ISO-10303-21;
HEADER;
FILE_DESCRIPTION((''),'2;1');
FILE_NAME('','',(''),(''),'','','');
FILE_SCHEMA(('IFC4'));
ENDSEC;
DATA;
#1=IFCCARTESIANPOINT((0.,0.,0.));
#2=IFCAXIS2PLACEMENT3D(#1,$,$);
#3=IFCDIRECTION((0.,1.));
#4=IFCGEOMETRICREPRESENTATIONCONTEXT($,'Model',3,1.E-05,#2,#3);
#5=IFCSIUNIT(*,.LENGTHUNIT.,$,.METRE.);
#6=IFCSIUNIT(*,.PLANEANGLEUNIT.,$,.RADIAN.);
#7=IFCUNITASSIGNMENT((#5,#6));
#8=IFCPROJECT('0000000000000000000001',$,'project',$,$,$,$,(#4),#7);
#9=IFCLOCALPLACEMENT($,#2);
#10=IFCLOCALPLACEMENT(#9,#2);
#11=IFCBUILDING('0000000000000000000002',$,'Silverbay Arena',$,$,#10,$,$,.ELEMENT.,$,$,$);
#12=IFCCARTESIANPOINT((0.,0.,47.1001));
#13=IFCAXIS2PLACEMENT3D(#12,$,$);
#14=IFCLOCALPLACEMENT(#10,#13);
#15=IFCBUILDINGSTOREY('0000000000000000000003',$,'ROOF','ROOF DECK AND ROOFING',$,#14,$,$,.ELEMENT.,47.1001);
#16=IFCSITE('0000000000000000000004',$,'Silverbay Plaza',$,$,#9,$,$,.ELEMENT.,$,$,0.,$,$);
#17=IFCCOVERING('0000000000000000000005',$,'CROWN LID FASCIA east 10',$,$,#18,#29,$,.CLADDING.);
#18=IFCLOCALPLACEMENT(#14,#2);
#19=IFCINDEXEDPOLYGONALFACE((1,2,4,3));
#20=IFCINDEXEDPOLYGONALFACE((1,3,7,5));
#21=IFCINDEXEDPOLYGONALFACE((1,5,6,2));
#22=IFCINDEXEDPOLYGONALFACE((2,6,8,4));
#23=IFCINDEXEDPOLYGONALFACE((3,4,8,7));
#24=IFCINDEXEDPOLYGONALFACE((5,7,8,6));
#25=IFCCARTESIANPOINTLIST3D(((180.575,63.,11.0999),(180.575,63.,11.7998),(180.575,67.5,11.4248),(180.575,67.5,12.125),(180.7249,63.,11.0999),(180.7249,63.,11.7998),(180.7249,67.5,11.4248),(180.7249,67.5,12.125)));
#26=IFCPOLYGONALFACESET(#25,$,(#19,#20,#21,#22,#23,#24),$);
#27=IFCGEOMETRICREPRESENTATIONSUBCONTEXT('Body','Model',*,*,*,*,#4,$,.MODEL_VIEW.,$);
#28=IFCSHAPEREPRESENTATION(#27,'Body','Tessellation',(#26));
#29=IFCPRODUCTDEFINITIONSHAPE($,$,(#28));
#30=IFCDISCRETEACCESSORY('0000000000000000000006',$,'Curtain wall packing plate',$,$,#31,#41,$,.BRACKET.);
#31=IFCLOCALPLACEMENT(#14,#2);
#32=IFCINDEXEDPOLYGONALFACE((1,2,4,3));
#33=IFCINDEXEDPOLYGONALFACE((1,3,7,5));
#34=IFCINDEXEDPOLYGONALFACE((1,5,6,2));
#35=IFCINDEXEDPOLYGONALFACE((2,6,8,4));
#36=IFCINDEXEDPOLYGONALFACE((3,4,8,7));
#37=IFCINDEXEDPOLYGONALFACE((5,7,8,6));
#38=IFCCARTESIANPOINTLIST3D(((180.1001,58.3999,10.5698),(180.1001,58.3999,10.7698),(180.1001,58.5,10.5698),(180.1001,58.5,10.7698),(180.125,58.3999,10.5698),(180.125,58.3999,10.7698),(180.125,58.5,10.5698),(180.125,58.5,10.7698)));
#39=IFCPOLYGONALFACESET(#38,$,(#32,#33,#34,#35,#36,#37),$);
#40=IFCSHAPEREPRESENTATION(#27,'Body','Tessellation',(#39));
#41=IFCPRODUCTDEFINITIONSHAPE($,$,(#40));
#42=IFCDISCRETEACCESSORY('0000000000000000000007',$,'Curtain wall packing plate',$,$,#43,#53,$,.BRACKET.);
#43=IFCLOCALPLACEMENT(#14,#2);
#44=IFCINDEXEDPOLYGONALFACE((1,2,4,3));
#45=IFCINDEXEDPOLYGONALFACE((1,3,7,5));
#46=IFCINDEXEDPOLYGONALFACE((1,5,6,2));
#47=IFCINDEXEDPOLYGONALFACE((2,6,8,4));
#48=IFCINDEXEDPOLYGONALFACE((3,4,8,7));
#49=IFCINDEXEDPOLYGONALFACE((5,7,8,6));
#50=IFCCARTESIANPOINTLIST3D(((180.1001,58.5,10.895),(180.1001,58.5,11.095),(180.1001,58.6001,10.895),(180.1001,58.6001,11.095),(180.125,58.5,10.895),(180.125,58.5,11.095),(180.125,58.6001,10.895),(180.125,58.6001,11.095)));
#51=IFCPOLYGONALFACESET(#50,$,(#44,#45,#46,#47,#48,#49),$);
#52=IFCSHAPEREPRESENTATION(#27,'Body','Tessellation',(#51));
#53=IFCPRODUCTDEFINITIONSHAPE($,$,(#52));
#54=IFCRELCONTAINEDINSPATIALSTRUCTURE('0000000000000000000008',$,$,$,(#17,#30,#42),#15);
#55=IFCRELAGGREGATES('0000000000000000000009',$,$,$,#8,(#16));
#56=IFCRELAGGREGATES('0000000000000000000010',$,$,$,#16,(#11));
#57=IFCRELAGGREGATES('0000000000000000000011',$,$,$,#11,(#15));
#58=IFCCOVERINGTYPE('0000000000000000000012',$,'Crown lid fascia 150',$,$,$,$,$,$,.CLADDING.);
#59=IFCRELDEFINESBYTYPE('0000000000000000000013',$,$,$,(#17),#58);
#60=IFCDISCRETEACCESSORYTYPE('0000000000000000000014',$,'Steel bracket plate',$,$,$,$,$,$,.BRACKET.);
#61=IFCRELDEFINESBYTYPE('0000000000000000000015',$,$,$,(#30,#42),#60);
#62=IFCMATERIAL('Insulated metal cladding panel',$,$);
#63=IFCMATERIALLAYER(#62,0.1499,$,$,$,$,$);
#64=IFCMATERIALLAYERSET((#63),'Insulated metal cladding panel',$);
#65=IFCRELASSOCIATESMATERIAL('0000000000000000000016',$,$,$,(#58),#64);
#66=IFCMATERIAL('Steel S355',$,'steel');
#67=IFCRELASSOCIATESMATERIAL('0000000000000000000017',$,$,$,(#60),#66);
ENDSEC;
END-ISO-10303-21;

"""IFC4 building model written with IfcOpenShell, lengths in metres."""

from ifc_helpers import new_model, si_unit, direction, frame, origin, origin_2d, place, context, subcontext, project, spatial, polyline, rectangle, outline, extrude, material, layer, layer_set, type_object, element, save


model = new_model("IFC4")

# Units and contexts
model_context = context("Model", 3, precision=1e-05, world=origin(), true_north=direction((0.0, 1.0)))
body_context = subcontext(model_context, "Body", "Model", "MODEL_VIEW")
ifc_project = project(units=[si_unit("LENGTHUNIT", "METRE"), si_unit("PLANEANGLEUNIT", "RADIAN")], contexts=[model_context])

# Site, building, storey
site_placement = place(None, origin())
site = spatial("IfcSite", under=ifc_project, at=site_placement, Name="Silverbay Plaza", CompositionType="ELEMENT", RefElevation=0.0)
building_placement = place(site_placement, origin())
building = spatial("IfcBuilding", under=site, at=building_placement, Name="Silverbay Arena", CompositionType="ELEMENT")
storey_placement = place(building_placement, frame((0.0, 0.0, 47.1001)))
storey = spatial("IfcBuildingStorey", under=building, at=storey_placement, Name="ROOF", Description="ROOF DECK AND ROOFING", CompositionType="ELEMENT", Elevation=47.1001)

# Covering
ifc_material_1 = material(Name="Insulated metal cladding panel")
ifc_layer_1 = layer(ifc_material_1, 0.1499)
ifc_layer_set_1 = layer_set([ifc_layer_1], Name="Insulated metal cladding panel")
covering_type = type_object("IfcCoveringType", Name="Crown lid fascia 150", PredefinedType="CLADDING", material=ifc_layer_set_1)
covering_1_placement = place(storey_placement, frame((180.575, 63.0, 11.7998), z_axis=(-1.0, 0.0, 0.0), x_axis=(0.0, 0.997399, 0.072078)))
element("IfcCovering", 1, at=covering_1_placement, inside=storey, type_object=covering_type, Name="CROWN LID FASCIA east 10", PredefinedType="CLADDING", context=body_context, shape_type="SweptSolid", body=[
    extrude(outline(polyline([(0.0, 0.0), (4.5117, 0.0), (4.4613, 0.6984), (-0.0505, 0.6981), (0.0, 0.0)])), origin(), (0.0, 0.0, -1.0), 0.1499),
])

# Discrete accessories
ifc_material_2 = material(Name="Steel S355", Category="steel")
discrete_accessory_type = type_object("IfcDiscreteAccessoryType", Name="Steel bracket plate", PredefinedType="BRACKET", material=ifc_material_2)
for number, where, z_axis, x_axis, name in (
    (2, (180.1125, 58.45, 10.5698), (0.0, 0.0, 1.0), (1.0, 0.0, 0.0), "Curtain wall packing plate"),
    (3, (180.1125, 58.55, 10.895), (0.0, 0.0, 1.0), (1.0, 0.0, 0.0), "Curtain wall packing plate"),
):
    element("IfcDiscreteAccessory", number, at=place(storey_placement, frame(where, z_axis=z_axis, x_axis=x_axis)), inside=storey, type_object=discrete_accessory_type, Name=name, PredefinedType="BRACKET", context=body_context, shape_type="SweptSolid", body=[
        extrude(rectangle(XDim=0.0249, YDim=0.1001, at=origin_2d()), origin(), (0.0, 0.0, 1.0), 0.2),
    ])

save(model, "model.ifc")
